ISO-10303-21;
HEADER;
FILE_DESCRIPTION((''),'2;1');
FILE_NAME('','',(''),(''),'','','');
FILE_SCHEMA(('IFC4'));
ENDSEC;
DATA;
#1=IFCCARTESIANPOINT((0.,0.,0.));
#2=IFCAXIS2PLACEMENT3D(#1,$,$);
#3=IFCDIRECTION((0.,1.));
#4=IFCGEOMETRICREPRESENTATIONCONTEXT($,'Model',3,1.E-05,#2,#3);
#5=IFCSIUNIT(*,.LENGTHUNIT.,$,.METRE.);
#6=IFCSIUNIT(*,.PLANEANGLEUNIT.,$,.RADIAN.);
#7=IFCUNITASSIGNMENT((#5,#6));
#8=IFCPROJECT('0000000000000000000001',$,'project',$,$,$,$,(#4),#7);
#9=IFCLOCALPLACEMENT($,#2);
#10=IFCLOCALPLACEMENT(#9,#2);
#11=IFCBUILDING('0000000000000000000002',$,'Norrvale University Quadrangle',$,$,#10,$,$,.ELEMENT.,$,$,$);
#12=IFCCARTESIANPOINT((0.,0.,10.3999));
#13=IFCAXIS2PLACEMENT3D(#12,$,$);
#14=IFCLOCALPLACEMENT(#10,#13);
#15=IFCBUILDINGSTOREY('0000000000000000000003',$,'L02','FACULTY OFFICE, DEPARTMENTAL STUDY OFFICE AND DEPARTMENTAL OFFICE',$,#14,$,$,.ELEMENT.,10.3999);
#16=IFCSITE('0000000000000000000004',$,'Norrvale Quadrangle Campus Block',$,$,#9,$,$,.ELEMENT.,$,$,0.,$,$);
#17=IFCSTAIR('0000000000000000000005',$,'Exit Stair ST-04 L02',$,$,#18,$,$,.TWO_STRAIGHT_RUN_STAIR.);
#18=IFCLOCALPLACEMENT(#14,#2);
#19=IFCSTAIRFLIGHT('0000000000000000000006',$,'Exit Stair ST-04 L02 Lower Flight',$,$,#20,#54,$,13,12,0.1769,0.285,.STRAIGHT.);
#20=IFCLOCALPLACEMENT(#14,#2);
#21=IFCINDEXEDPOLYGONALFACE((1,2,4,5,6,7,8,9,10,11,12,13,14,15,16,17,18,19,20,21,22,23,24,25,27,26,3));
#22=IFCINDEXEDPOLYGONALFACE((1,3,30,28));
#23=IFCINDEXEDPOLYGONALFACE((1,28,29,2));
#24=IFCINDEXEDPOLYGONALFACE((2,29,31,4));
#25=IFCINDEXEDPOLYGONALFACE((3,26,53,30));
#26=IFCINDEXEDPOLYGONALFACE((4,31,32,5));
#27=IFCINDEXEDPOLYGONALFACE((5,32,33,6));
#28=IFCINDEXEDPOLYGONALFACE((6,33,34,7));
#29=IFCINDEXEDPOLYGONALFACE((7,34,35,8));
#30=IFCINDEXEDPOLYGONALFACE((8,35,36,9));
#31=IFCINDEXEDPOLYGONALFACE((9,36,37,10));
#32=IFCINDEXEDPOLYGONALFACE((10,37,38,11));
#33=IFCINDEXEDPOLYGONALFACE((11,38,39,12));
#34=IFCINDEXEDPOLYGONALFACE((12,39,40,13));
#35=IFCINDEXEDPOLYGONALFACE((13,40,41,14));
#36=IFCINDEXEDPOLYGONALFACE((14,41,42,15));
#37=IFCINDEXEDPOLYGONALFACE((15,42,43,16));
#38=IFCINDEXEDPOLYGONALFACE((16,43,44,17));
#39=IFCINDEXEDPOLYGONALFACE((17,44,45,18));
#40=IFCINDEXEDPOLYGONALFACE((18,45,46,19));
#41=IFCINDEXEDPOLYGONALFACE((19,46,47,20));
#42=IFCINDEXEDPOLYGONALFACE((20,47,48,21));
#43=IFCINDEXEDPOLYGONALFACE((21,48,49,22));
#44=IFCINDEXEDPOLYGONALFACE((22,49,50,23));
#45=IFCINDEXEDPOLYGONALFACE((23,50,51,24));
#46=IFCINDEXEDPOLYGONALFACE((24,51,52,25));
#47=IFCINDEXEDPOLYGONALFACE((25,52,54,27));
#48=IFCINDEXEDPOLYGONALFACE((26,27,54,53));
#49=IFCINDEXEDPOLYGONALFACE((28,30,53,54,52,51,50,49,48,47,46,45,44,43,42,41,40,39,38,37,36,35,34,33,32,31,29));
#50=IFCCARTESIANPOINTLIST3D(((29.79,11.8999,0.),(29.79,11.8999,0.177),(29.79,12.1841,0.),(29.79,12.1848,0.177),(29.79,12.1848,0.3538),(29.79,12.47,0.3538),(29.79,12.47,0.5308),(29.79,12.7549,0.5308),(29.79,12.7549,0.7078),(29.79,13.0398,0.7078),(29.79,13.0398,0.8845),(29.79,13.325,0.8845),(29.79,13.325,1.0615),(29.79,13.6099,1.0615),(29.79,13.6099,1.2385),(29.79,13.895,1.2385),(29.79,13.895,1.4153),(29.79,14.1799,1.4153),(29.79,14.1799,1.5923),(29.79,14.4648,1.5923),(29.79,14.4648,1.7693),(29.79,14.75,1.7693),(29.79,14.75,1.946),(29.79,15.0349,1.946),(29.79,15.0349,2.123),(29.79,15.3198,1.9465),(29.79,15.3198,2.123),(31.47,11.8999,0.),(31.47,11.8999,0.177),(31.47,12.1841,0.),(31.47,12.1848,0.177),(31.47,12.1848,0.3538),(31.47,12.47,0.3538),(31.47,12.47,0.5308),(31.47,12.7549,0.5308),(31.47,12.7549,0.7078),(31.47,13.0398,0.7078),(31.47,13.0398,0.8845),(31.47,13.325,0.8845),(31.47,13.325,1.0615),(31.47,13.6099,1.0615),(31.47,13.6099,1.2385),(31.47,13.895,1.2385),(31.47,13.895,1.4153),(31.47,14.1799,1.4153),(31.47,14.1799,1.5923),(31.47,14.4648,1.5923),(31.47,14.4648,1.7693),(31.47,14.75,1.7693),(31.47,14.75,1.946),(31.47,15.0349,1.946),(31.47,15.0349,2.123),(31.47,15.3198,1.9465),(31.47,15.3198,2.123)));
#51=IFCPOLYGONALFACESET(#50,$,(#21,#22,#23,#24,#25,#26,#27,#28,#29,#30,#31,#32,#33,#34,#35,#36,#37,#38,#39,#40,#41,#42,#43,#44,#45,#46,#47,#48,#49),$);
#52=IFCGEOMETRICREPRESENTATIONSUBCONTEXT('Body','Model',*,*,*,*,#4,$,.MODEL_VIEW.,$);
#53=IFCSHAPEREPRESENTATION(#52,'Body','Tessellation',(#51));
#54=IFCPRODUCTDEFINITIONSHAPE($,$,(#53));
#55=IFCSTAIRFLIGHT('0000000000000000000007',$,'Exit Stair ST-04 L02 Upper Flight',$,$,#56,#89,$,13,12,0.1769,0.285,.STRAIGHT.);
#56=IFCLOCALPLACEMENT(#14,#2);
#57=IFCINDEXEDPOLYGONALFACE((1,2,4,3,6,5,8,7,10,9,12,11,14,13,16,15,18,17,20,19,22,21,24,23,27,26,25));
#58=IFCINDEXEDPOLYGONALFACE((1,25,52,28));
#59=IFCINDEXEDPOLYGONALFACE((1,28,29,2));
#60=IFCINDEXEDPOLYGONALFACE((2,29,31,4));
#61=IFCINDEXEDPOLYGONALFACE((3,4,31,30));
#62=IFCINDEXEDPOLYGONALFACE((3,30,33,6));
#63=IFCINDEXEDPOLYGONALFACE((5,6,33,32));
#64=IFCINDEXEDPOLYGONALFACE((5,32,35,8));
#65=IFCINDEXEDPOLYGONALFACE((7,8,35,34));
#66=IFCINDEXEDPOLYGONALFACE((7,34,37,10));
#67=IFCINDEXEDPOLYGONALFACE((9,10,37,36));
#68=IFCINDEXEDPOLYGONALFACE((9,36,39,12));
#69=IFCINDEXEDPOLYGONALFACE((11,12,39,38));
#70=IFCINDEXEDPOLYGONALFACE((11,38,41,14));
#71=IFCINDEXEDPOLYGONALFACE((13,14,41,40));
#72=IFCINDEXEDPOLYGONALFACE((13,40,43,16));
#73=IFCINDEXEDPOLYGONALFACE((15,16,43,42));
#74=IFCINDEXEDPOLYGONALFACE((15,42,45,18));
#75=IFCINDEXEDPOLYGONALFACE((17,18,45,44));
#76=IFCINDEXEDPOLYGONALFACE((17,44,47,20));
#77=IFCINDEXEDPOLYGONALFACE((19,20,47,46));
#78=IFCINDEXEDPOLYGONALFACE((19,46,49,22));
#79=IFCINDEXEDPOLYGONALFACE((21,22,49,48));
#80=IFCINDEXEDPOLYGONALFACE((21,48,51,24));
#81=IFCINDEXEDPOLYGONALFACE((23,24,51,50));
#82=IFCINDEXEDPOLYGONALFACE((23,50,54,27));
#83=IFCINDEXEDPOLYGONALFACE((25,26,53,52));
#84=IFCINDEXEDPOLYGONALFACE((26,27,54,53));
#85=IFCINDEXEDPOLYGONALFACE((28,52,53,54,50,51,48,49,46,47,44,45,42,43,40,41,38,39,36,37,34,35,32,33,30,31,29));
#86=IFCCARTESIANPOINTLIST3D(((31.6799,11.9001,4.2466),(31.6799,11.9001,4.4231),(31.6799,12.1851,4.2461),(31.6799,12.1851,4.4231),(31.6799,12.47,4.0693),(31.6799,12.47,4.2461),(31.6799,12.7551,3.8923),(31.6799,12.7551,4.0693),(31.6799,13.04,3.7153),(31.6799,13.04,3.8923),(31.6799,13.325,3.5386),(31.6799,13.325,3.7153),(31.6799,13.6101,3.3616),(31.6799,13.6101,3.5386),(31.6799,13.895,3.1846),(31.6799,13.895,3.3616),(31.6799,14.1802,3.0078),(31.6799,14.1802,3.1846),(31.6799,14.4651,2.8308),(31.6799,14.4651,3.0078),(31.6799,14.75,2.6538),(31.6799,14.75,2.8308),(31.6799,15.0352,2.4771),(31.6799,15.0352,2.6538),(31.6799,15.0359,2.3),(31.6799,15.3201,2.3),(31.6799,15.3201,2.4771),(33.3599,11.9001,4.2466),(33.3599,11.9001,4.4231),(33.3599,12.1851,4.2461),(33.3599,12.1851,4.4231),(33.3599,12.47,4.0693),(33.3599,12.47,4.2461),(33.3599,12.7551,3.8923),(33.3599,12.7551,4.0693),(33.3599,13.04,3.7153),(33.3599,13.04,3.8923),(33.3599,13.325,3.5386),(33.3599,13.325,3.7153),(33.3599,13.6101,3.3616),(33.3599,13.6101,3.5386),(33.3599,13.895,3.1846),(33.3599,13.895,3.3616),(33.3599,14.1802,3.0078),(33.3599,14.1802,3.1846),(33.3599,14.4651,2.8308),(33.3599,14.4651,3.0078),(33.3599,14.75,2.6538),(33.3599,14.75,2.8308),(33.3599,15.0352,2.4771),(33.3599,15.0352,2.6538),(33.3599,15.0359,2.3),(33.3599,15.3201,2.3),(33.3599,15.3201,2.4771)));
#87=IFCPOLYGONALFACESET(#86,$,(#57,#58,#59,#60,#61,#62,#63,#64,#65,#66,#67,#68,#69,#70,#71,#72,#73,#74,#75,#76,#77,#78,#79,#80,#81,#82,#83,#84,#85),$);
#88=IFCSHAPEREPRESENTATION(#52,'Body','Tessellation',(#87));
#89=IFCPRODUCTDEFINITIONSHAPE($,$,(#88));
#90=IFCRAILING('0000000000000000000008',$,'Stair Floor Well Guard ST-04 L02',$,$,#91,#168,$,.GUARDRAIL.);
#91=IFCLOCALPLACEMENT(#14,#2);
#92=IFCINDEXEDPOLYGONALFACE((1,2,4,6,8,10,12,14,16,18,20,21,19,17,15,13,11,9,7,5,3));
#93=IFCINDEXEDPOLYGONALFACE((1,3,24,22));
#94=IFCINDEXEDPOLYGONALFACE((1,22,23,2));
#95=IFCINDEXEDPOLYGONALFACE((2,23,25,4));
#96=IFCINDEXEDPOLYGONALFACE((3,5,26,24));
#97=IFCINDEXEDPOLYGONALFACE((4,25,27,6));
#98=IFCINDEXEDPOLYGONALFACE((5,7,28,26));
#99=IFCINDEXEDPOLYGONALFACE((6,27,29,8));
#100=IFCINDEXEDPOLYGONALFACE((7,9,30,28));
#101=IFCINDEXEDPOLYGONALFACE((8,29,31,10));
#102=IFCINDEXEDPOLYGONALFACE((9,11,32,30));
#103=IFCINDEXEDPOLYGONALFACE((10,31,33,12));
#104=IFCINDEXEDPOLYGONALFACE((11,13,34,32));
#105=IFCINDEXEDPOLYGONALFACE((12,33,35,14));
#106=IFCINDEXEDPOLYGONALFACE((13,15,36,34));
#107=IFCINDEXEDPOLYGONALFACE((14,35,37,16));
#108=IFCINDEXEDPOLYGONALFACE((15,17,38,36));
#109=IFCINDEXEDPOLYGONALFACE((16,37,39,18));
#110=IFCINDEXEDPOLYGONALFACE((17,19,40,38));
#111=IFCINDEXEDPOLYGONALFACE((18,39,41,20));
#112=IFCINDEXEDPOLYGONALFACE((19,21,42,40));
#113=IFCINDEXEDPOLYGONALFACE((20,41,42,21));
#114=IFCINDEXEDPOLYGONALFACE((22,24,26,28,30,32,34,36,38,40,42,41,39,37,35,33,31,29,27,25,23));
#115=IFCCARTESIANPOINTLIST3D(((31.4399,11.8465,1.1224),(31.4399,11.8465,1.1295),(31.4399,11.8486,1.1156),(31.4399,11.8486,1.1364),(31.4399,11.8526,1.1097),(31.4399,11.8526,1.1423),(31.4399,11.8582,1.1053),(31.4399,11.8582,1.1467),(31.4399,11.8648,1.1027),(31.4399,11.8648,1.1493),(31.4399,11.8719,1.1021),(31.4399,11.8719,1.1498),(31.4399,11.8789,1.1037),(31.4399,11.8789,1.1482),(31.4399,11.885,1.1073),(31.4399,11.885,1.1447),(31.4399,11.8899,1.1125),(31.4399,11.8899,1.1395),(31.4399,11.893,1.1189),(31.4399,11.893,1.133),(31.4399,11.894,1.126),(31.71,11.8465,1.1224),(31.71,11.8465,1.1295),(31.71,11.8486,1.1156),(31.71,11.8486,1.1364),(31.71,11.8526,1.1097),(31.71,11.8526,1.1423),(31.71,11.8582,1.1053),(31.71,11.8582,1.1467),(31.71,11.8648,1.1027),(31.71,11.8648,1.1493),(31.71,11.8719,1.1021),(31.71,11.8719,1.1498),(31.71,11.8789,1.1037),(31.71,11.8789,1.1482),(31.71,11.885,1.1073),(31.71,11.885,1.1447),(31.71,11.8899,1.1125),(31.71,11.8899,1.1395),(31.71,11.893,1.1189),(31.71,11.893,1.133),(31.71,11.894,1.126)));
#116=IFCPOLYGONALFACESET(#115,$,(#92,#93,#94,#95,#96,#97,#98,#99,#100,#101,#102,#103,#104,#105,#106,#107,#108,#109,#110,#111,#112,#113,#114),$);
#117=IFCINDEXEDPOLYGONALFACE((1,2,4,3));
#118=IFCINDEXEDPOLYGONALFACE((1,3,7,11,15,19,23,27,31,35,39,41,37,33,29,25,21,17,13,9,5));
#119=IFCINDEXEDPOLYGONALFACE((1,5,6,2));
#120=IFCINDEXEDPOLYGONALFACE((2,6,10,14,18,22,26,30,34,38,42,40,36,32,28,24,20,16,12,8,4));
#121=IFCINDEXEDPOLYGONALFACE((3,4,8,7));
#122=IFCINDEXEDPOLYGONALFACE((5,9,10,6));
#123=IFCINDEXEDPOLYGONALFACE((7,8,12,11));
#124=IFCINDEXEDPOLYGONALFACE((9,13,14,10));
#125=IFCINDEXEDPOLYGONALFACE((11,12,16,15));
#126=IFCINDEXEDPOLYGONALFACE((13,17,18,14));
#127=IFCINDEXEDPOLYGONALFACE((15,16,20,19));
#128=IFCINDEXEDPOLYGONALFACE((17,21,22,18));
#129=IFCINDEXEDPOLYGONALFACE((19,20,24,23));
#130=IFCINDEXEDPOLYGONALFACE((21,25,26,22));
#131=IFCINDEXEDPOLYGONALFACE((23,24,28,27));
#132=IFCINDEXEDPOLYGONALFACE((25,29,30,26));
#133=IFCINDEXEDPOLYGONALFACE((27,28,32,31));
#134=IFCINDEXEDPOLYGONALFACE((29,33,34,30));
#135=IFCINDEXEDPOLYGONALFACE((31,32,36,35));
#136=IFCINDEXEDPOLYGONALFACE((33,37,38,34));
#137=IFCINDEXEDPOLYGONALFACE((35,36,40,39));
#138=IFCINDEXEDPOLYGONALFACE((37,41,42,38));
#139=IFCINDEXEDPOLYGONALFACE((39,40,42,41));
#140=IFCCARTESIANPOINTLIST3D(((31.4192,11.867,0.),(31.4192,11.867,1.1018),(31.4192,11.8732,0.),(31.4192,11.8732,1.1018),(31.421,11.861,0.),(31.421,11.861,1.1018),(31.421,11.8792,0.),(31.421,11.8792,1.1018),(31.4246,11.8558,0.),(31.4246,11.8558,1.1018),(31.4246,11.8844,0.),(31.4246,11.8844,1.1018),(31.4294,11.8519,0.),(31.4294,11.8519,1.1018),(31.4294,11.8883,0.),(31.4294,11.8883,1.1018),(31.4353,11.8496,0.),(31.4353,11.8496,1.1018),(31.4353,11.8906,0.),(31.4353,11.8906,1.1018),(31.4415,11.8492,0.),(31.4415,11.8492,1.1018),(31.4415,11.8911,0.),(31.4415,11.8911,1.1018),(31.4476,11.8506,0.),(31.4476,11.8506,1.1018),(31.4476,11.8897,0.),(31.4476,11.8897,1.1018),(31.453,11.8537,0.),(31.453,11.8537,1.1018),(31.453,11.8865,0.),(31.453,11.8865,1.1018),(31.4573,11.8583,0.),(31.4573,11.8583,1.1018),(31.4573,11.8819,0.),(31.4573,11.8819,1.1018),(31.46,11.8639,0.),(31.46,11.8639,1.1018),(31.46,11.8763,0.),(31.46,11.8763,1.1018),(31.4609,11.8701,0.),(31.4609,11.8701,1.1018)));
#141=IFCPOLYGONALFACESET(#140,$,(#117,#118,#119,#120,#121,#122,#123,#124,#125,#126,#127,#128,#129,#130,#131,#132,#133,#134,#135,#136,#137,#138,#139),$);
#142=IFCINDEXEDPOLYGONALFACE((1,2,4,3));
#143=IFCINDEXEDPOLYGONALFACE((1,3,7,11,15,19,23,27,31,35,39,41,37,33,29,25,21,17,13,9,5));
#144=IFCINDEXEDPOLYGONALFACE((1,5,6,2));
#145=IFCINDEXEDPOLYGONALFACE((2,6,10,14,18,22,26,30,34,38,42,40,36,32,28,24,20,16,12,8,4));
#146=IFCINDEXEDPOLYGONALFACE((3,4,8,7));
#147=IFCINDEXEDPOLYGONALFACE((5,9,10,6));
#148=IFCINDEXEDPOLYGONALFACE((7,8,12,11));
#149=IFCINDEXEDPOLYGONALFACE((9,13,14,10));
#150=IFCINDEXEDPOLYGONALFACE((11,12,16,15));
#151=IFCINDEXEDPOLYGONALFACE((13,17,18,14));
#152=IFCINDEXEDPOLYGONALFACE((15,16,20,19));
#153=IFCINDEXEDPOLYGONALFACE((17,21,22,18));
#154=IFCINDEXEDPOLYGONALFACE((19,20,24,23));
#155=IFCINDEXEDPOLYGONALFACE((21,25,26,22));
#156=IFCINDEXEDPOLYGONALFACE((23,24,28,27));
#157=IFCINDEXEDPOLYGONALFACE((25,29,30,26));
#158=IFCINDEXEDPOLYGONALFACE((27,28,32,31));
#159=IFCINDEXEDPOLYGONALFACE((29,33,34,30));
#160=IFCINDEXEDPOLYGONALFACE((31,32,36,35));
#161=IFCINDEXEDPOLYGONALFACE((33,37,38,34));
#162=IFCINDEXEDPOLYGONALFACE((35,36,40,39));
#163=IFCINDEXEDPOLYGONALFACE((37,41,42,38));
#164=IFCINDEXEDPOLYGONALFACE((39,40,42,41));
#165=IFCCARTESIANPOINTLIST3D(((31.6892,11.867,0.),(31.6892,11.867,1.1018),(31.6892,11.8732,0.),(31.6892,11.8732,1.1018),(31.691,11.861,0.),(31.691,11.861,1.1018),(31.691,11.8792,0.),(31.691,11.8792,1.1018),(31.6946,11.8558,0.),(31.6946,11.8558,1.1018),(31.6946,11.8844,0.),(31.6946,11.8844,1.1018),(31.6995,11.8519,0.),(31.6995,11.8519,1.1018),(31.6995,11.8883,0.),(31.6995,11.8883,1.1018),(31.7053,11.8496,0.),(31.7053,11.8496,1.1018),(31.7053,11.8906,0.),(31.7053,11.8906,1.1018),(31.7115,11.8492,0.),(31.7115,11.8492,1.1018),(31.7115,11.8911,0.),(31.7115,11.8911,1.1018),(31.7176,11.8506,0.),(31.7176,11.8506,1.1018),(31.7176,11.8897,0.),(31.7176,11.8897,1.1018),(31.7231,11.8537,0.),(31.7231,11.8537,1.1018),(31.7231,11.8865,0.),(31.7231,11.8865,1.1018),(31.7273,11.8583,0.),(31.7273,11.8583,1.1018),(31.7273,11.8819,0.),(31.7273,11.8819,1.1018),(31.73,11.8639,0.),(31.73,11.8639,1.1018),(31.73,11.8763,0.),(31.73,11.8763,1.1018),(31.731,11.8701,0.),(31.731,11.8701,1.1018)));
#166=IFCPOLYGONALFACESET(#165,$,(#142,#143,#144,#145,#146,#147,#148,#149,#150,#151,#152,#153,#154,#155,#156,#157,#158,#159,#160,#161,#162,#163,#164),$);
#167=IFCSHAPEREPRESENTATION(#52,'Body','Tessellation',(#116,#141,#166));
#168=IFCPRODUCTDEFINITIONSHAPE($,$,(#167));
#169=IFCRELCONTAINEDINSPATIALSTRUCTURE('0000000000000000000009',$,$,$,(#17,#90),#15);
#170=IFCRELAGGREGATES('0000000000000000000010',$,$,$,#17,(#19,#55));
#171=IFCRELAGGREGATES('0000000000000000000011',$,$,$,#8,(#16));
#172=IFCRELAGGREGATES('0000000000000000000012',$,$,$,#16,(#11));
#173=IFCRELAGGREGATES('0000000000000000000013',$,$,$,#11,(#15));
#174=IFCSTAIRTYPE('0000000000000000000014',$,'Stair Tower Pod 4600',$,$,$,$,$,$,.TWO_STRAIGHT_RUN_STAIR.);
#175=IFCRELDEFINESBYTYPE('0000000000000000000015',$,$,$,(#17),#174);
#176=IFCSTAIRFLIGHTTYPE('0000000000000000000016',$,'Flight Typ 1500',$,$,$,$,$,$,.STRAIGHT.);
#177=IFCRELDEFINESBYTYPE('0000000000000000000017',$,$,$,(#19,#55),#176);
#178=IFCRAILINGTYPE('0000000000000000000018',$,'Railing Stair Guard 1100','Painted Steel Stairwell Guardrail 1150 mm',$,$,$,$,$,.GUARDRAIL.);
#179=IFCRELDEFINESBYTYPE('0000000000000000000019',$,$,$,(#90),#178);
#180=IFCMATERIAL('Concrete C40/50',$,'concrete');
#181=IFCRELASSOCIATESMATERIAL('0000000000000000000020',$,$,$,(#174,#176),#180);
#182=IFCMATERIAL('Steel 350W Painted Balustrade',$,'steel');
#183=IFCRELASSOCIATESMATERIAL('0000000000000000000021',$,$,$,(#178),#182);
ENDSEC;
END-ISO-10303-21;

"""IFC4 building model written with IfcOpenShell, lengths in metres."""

from ifc_helpers import new_model, si_unit, direction, frame, origin, origin_2d, place, context, subcontext, project, spatial, polyline, circle, outline, extrude, material, type_object, element, aggregate, save


model = new_model("IFC4")

# Units and contexts
model_context = context("Model", 3, precision=1e-05, world=origin(), true_north=direction((0.0, 1.0)))
body_context = subcontext(model_context, "Body", "Model", "MODEL_VIEW")
ifc_project = project(units=[si_unit("LENGTHUNIT", "METRE"), si_unit("PLANEANGLEUNIT", "RADIAN")], contexts=[model_context])

# Site, building, storey
site_placement = place(None, origin())
site = spatial("IfcSite", under=ifc_project, at=site_placement, Name="Norrvale Quadrangle Campus Block", CompositionType="ELEMENT", RefElevation=0.0)
building_placement = place(site_placement, origin())
building = spatial("IfcBuilding", under=site, at=building_placement, Name="Norrvale University Quadrangle", CompositionType="ELEMENT")
storey_placement = place(building_placement, frame((0.0, 0.0, 10.3999)))
storey = spatial("IfcBuildingStorey", under=building, at=storey_placement, Name="L02", Description="FACULTY OFFICE, DEPARTMENTAL STUDY OFFICE AND DEPARTMENTAL OFFICE", CompositionType="ELEMENT", Elevation=10.3999)

# Stair, stair flights
ifc_material_1 = material(Name="Concrete C40/50", Category="concrete")
stair_type = type_object("IfcStairType", Name="Stair Tower Pod 4600", PredefinedType="TWO_STRAIGHT_RUN_STAIR", material=ifc_material_1)
stair_placement = place(storey_placement, origin())
stair = element("IfcStair", 1, at=stair_placement, inside=storey, type_object=stair_type, Name="Exit Stair ST-04 L02", PredefinedType="TWO_STRAIGHT_RUN_STAIR")
stair_flight_type = type_object("IfcStairFlightType", Name="Flight Typ 1500", PredefinedType="STRAIGHT", material=ifc_material_1)
stair_flight_1_placement = place(storey_placement, frame((30.6299, 11.8999, 0.0), z_axis=(0.0, 0.0, 1.0), x_axis=(0.0, 1.0, 0.0)))
stair_flight_1 = element("IfcStairFlight", 2, at=stair_flight_1_placement, type_object=stair_flight_type, Name="Exit Stair ST-04 L02 Lower Flight", NumberOfRisers=13, NumberOfTreads=12, PredefinedType="STRAIGHT", RiserHeight=0.1769, TreadLength=0.285, context=body_context, shape_type="SweptSolid", body=[
    extrude(outline(polyline([(0.0, 0.0), (0.0, 0.177), (0.2849, 0.177), (0.2849, 0.3538), (0.5701, 0.3538), (0.5701, 0.5308), (0.855, 0.5308), (0.855, 0.7078), (1.1399, 0.7078), (1.1399, 0.8845), (1.425, 0.8845), (1.425, 1.0615), (1.71, 1.0615), (1.71, 1.2385), (1.9951, 1.2385), (1.9951, 1.4153), (2.28, 1.4153), (2.28, 1.5923), (2.5649, 1.5923), (2.5649, 1.7693), (2.8501, 1.7693), (2.8501, 1.946), (3.135, 1.946), (3.135, 2.123), (3.4199, 2.123), (3.4199, 2.3), (3.4199, 1.9465), (0.2842, 0.0), (0.0, 0.0)])), frame((0.0, 0.8398, 0.0), z_axis=(0.0, -1.0, 0.0), x_axis=(1.0, 0.0, 0.0)), (0.0, 0.0, 1.0), 1.6799),
])
stair_flight_2_placement = place(storey_placement, frame((32.52, 15.3201, 2.3), z_axis=(0.0, 0.0, 1.0), x_axis=(0.0, -1.0, 0.0)))
stair_flight_2 = element("IfcStairFlight", 3, at=stair_flight_2_placement, type_object=stair_flight_type, Name="Exit Stair ST-04 L02 Upper Flight", NumberOfRisers=13, NumberOfTreads=12, PredefinedType="STRAIGHT", RiserHeight=0.1769, TreadLength=0.285, context=body_context, shape_type="SweptSolid", body=[
    extrude(outline(polyline([(0.0, 0.0), (0.0, 0.177), (0.2849, 0.177), (0.2849, 0.3538), (0.5701, 0.3538), (0.5701, 0.5308), (0.855, 0.5308), (0.855, 0.7078), (1.1399, 0.7078), (1.1399, 0.8845), (1.425, 0.8845), (1.425, 1.0615), (1.71, 1.0615), (1.71, 1.2385), (1.9951, 1.2385), (1.9951, 1.4153), (2.28, 1.4153), (2.28, 1.5923), (2.5649, 1.5923), (2.5649, 1.7693), (2.8501, 1.7693), (2.8501, 1.946), (3.135, 1.946), (3.135, 2.123), (3.4199, 2.123), (3.4199, 2.3), (3.4199, 1.9465), (0.2842, 0.0), (0.0, 0.0)])), frame((0.0, 0.8398, 0.0), z_axis=(0.0, -1.0, 0.0), x_axis=(1.0, 0.0, 0.0)), (0.0, 0.0, 1.0), 1.6799),
])
aggregate(stair, [stair_flight_1, stair_flight_2])

# Railing
ifc_material_2 = material(Name="Steel 350W Painted Balustrade", Category="steel")
railing_type_1 = type_object("IfcRailingType", Name="Railing Stair Guard 1100", Description="Painted Steel Stairwell Guardrail 1150 mm", PredefinedType="GUARDRAIL", material=ifc_material_2)
for number, where, name in (
    (4, (31.4399, 11.8701, 0.0), "Stair Floor Well Guard ST-04 L02"),
):
    element("IfcRailing", number, at=place(storey_placement, frame(where)), inside=storey, type_object=railing_type_1, Name=name, PredefinedType="GUARDRAIL", context=body_context, shape_type="SweptSolid", body=[
        extrude(circle(Radius=0.0239, at=origin_2d()), frame((0.0, 0.0, 1.126), z_axis=(1.0, 0.0, 0.0), x_axis=(0.0, 1.0, 0.0)), (0.0, 0.0, 1.0), 0.27),
        extrude(circle(Radius=0.021, at=origin_2d()), origin(), (0.0, 0.0, 1.0), 1.1018),
        extrude(circle(Radius=0.021, at=origin_2d()), frame((0.27, 0.0, 0.0)), (0.0, 0.0, 1.0), 1.1018),
    ])

save(model, "model.ifc")
